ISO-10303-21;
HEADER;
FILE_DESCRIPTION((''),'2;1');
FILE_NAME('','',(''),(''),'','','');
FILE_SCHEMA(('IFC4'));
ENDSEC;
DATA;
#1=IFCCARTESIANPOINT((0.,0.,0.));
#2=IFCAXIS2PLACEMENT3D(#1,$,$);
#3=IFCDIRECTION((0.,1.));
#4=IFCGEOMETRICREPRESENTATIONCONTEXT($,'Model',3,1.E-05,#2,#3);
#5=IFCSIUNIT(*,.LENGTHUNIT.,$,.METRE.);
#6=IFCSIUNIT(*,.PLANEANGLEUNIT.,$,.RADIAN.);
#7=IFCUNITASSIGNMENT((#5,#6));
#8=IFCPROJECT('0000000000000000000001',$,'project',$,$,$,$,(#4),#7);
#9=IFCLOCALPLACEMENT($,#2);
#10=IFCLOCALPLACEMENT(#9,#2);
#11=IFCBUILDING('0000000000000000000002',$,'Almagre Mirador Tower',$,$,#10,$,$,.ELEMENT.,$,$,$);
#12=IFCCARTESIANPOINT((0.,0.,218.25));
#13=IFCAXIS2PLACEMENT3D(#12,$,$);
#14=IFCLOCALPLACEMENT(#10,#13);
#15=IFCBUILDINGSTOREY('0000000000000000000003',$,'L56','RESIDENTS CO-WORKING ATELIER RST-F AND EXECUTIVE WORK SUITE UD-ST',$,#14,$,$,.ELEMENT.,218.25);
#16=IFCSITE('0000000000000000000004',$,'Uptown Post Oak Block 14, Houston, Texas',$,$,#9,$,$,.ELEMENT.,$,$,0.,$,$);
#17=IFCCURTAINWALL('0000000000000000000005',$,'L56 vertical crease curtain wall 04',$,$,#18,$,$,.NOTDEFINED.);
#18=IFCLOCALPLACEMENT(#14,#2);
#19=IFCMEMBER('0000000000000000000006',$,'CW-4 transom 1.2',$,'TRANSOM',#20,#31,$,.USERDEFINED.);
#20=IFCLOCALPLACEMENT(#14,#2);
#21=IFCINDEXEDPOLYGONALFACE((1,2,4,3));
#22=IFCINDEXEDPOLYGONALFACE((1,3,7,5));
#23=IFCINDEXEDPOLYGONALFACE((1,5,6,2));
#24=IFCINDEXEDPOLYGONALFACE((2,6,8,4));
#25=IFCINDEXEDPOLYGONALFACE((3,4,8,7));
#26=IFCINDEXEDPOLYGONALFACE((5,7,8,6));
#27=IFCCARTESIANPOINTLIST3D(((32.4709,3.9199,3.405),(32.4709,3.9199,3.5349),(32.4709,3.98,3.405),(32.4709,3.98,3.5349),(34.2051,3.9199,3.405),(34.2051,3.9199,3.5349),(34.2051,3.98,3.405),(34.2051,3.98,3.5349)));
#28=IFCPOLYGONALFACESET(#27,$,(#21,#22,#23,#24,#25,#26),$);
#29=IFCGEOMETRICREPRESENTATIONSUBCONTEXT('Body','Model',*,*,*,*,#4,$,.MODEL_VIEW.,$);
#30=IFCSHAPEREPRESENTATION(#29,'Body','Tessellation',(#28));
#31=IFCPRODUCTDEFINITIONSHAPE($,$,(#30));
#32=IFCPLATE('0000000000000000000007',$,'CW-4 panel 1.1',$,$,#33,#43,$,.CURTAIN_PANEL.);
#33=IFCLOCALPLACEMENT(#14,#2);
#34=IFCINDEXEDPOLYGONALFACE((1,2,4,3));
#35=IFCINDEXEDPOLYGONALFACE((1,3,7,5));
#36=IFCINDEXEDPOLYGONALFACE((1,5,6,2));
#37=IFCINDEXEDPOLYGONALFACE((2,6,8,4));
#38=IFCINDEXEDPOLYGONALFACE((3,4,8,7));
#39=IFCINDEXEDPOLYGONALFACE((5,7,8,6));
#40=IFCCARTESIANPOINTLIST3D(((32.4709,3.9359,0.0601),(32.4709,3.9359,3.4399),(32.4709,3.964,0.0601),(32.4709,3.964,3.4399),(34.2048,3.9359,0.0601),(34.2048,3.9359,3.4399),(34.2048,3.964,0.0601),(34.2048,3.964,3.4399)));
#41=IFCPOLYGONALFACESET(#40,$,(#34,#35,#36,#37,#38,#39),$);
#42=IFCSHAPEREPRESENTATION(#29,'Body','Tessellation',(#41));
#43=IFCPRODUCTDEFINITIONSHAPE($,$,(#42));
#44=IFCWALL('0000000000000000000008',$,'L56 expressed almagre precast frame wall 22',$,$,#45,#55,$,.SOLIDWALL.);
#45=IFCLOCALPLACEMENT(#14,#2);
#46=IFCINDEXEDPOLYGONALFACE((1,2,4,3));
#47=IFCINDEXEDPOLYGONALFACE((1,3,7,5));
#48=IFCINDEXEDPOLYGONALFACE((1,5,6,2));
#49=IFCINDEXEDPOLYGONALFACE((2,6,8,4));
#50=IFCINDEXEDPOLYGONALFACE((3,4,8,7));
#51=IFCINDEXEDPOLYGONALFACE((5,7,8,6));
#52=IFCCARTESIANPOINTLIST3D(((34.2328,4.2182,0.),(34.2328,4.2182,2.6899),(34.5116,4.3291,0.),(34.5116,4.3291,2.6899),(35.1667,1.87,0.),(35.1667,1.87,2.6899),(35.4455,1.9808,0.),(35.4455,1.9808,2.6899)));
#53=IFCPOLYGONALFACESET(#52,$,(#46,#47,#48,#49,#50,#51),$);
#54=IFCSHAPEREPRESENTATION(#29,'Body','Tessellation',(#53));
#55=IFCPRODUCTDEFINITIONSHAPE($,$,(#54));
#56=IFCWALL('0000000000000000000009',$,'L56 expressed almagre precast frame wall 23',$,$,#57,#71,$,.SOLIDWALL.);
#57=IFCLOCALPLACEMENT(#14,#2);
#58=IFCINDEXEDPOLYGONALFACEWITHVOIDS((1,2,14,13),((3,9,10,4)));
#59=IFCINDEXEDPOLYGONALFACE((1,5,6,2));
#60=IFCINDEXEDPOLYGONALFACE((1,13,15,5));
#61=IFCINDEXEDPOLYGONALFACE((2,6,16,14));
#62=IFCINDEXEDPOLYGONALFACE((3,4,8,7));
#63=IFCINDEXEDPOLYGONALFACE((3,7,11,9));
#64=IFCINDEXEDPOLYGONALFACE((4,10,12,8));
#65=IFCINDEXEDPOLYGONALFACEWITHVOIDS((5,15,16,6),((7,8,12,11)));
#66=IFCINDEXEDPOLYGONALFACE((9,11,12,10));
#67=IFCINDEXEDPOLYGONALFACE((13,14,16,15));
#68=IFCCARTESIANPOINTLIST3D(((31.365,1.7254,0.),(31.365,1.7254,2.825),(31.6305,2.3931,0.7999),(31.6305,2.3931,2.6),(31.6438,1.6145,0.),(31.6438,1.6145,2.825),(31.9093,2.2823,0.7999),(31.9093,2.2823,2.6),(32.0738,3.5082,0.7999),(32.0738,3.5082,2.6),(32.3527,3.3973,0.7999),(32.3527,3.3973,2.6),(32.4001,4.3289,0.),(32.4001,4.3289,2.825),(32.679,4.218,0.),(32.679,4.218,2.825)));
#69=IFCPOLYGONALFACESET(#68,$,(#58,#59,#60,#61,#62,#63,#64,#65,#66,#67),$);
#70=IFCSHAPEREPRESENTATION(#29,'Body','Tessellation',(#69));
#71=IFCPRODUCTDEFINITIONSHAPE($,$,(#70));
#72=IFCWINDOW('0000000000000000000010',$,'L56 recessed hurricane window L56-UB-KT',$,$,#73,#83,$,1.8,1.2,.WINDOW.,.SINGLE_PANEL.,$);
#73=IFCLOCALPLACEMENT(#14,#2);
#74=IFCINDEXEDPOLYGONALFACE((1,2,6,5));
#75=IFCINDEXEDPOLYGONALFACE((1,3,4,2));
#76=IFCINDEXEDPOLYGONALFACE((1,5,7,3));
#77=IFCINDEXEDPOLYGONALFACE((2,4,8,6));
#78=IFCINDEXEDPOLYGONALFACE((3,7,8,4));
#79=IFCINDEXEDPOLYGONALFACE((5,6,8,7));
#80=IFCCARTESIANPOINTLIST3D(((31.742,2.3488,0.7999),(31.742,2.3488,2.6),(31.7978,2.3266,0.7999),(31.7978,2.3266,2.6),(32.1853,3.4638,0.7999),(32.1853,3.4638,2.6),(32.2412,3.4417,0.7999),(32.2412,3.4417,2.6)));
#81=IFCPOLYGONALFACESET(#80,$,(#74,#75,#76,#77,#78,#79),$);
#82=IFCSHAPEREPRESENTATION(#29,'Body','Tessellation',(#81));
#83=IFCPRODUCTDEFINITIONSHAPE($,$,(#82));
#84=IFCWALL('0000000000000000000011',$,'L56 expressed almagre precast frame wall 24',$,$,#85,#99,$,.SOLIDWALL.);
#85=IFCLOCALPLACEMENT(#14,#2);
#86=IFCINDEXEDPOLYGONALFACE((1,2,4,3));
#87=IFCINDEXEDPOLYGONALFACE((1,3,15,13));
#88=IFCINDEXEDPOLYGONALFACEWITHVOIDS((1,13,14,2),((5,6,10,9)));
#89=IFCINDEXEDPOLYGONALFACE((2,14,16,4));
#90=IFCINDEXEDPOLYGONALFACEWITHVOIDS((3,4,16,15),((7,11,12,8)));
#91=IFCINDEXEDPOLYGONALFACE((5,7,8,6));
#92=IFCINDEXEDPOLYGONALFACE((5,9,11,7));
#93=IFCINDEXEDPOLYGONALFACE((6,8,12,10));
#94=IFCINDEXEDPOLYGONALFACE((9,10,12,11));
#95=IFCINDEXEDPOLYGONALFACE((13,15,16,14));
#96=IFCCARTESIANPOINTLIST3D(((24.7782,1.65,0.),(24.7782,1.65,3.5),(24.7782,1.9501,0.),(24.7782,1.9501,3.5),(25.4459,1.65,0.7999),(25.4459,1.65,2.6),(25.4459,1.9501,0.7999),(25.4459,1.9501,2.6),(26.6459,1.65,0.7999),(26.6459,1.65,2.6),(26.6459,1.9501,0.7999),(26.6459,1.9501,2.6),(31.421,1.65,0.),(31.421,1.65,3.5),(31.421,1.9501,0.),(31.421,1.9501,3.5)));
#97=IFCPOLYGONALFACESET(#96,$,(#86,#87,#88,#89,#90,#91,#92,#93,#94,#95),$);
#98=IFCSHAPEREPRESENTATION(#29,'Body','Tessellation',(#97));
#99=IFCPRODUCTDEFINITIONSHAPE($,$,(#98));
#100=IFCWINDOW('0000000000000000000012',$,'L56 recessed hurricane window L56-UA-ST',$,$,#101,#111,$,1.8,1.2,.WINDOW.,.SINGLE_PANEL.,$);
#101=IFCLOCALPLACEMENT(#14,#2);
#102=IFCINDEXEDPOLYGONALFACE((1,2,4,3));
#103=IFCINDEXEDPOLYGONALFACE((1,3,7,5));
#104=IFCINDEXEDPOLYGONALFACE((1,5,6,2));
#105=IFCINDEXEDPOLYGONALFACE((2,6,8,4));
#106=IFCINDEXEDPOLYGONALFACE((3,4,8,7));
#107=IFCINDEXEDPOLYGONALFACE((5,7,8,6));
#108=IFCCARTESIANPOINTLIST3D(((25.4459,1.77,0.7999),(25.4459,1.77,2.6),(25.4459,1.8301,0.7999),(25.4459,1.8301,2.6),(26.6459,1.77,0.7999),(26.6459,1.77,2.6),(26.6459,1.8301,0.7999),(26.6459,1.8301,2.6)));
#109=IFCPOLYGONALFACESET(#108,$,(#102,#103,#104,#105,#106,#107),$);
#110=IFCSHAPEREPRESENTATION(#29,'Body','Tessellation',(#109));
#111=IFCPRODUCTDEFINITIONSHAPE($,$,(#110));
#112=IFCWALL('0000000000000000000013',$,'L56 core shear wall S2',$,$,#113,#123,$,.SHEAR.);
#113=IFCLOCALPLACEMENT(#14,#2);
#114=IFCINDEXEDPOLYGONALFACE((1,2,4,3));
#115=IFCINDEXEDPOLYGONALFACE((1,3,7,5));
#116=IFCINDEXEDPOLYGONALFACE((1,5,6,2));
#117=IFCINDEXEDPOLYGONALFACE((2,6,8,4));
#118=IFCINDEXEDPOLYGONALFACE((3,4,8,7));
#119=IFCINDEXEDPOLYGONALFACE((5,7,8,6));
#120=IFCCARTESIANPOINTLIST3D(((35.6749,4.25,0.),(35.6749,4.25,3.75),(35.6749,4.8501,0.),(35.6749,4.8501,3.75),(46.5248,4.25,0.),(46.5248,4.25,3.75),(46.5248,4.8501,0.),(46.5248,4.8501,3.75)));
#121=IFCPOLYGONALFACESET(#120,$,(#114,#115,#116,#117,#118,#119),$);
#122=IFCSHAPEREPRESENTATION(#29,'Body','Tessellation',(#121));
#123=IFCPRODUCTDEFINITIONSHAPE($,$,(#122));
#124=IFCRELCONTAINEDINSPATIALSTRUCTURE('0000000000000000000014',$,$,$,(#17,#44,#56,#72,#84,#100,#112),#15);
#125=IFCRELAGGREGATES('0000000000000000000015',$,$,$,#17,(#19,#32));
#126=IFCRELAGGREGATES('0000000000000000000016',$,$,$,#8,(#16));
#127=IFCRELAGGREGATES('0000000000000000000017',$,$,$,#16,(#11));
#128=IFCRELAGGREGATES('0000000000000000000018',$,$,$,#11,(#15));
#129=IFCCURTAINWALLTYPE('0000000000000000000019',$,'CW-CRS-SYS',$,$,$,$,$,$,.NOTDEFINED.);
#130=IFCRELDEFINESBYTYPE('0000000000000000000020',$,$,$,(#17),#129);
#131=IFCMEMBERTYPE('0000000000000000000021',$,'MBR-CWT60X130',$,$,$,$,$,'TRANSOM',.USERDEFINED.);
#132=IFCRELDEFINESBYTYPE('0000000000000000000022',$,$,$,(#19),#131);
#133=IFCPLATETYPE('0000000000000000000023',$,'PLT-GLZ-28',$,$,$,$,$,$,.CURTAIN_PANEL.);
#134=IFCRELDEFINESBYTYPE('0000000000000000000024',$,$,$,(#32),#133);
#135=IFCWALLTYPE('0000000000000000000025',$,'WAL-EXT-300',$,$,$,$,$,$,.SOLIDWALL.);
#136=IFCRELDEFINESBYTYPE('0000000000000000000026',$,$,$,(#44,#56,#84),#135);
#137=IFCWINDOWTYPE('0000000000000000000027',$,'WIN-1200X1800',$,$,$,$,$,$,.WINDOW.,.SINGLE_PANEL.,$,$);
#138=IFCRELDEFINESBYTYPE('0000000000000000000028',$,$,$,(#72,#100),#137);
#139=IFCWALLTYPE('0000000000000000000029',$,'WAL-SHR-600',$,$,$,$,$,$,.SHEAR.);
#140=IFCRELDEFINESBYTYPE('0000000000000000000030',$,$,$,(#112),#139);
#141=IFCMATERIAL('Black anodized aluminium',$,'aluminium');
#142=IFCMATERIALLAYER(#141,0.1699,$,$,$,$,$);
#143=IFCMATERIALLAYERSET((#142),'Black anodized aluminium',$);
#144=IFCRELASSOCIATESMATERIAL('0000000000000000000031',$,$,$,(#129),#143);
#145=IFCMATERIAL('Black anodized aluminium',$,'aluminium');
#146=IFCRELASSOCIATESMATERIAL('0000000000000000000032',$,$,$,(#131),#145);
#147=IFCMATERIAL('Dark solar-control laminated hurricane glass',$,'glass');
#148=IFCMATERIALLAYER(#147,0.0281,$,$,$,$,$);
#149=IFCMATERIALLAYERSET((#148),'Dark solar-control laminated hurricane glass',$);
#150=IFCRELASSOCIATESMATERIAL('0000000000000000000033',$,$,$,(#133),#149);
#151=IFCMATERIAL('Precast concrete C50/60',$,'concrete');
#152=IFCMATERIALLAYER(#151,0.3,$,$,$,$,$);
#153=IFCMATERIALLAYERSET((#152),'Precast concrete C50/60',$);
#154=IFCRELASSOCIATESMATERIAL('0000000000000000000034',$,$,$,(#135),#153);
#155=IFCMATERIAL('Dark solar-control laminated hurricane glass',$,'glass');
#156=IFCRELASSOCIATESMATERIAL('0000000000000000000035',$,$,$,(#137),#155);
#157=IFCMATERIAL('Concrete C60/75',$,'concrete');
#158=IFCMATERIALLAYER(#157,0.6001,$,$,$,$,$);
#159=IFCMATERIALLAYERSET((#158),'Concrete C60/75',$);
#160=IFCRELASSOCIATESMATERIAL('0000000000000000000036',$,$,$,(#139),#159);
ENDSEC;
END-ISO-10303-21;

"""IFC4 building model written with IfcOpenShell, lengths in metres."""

from ifc_helpers import new_model, si_unit, direction, frame, frame_2d, origin, origin_2d, place, context, subcontext, project, spatial, rectangle, extrude, material, layer, layer_set, material_profile, profile_set, type_object, element, fill, aggregate, save


model = new_model("IFC4")

# Units and contexts
model_context = context("Model", 3, precision=1e-05, world=origin(), true_north=direction((0.0, 1.0)))
body_context = subcontext(model_context, "Body", "Model", "MODEL_VIEW")
ifc_project = project(units=[si_unit("LENGTHUNIT", "METRE"), si_unit("PLANEANGLEUNIT", "RADIAN")], contexts=[model_context])

# Site, building, storey
site_placement = place(None, origin())
site = spatial("IfcSite", under=ifc_project, at=site_placement, Name="Uptown Post Oak Block 14, Houston, Texas", CompositionType="ELEMENT", RefElevation=0.0)
building_placement = place(site_placement, origin())
building = spatial("IfcBuilding", under=site, at=building_placement, Name="Almagre Mirador Tower", CompositionType="ELEMENT")
storey_placement = place(building_placement, frame((0.0, 0.0, 218.25)))
storey = spatial("IfcBuildingStorey", under=building, at=storey_placement, Name="L56", Description="RESIDENTS CO-WORKING ATELIER RST-F AND EXECUTIVE WORK SUITE UD-ST", CompositionType="ELEMENT", Elevation=218.25)

# Curtain wall, member, plate
ifc_material_1 = material(Name="Black anodized aluminium", Category="aluminium")
ifc_layer_1 = layer(ifc_material_1, 0.1699)
ifc_layer_set_1 = layer_set([ifc_layer_1], Name="Black anodized aluminium")
curtain_wall_type = type_object("IfcCurtainWallType", Name="CW-CRS-SYS", PredefinedType="NOTDEFINED", material=ifc_layer_set_1)
curtain_wall_placement = place(storey_placement, origin())
curtain_wall = element("IfcCurtainWall", 1, at=curtain_wall_placement, inside=storey, type_object=curtain_wall_type, Name="L56 vertical crease curtain wall 04", PredefinedType="NOTDEFINED")
ifc_material_2 = material(Name="Black anodized aluminium", Category="aluminium")
ifc_material_profile_1 = material_profile(ifc_material_2, rectangle(XDim=0.0601, YDim=0.1299, at=origin_2d()), Name="CWT60X130")
ifc_profile_set_1 = profile_set([ifc_material_profile_1], Name="Black anodized aluminium")
member_type_1 = type_object("IfcMemberType", Name="MBR-CWT60X130", ElementType="TRANSOM", PredefinedType="USERDEFINED", material=ifc_profile_set_1)
member_1_placement = place(storey_placement, frame((34.2051, 3.95, 3.47), z_axis=(-1.0, 0.0, 0.0), x_axis=(0.0, -1.0, 0.0)))
member_1 = element("IfcMember", 2, at=member_1_placement, type_object=member_type_1, Name="CW-4 transom 1.2", ObjectType="TRANSOM", PredefinedType="USERDEFINED", context=body_context, shape_type="SweptSolid", body=[
    extrude(rectangle(XDim=0.0601, YDim=0.1299, at=origin_2d()), origin(), (0.0, 0.0, 1.0), 1.7341),
])
ifc_material_3 = material(Name="Dark solar-control laminated hurricane glass", Category="glass")
ifc_layer_2 = layer(ifc_material_3, 0.0281)
ifc_layer_set_2 = layer_set([ifc_layer_2], Name="Dark solar-control laminated hurricane glass")
plate_type = type_object("IfcPlateType", Name="PLT-GLZ-28", PredefinedType="CURTAIN_PANEL", material=ifc_layer_set_2)
plate_placement = place(storey_placement, frame((33.3379, 3.95, 0.0601), z_axis=(0.0, 0.0, 1.0), x_axis=(-1.0, 0.0, 0.0)))
plate = element("IfcPlate", 3, at=plate_placement, type_object=plate_type, Name="CW-4 panel 1.1", PredefinedType="CURTAIN_PANEL", context=body_context, shape_type="SweptSolid", body=[
    extrude(rectangle(XDim=1.7339, YDim=0.0281, at=origin_2d()), origin(), (0.0, 0.0, 1.0), 3.3799),
])
aggregate(curtain_wall, [member_1, plate])

# Wall
ifc_material_4 = material(Name="Precast concrete C50/60", Category="concrete")
ifc_layer_3 = layer(ifc_material_4, 0.3)
ifc_layer_set_3 = layer_set([ifc_layer_3], Name="Precast concrete C50/60")
wall_type_1 = type_object("IfcWallType", Name="WAL-EXT-300", PredefinedType="SOLIDWALL", material=ifc_layer_set_3)
wall_1_placement = place(storey_placement, frame((35.3062, 1.9253, 0.0), z_axis=(0.0, 0.0, 1.0), x_axis=(-0.369541, 0.929214, 0.0)))
element("IfcWall", 4, at=wall_1_placement, inside=storey, type_object=wall_type_1, Name="L56 expressed almagre precast frame wall 22", PredefinedType="SOLIDWALL", context=body_context, shape_type="SweptSolid", body=[
    extrude(rectangle(XDim=2.5271, YDim=0.3, at=frame_2d((1.2637, 0.0))), origin(), (0.0, 0.0, 1.0), 2.6899),
])

# Walls, openings, windows
wall_2_placement = place(storey_placement, frame((32.5396, 4.2734, 0.0), z_axis=(0.0, 0.0, 1.0), x_axis=(-0.369467, -0.929244, 0.0)))
wall_2 = element("IfcWall", 5, at=wall_2_placement, inside=storey, type_object=wall_type_1, Name="L56 expressed almagre precast frame wall 23", PredefinedType="SOLIDWALL", context=body_context, shape_type="SweptSolid", body=[
    extrude(rectangle(XDim=2.8018, YDim=0.3, at=frame_2d((1.4009, 0.0))), origin(), (0.0, 0.0, 1.0), 2.825),
])
opening_1_placement = place(wall_2_placement, frame((0.8831, 0.0, 0.8)))
opening_1 = element("IfcOpeningElement", 6, at=opening_1_placement, cuts=wall_2, PredefinedType="OPENING", context=body_context, shape_type="SweptSolid", body=[
    extrude(rectangle(XDim=1.2, YDim=1.8, at=frame_2d((0.6001, 0.8999))), frame((0.0, 0.1599, 0.0), z_axis=(0.0, -1.0, 0.0), x_axis=(1.0, 0.0, 0.0)), (0.0, 0.0, 1.0), 0.32),
])
ifc_material_5 = material(Name="Dark solar-control laminated hurricane glass", Category="glass")
window_type = type_object("IfcWindowType", Name="WIN-1200X1800", PartitioningType="SINGLE_PANEL", PredefinedType="WINDOW", material=ifc_material_5)
window_1_placement = place(opening_1_placement, origin())
window_1 = element("IfcWindow", 7, at=window_1_placement, inside=storey, type_object=window_type, Name="L56 recessed hurricane window L56-UB-KT", OverallHeight=1.8, OverallWidth=1.2, PartitioningType="SINGLE_PANEL", PredefinedType="WINDOW", context=body_context, shape_type="SweptSolid", body=[
    extrude(rectangle(XDim=1.2, YDim=1.8, at=frame_2d((0.6001, 0.8999))), frame((0.0, 0.03, 0.0), z_axis=(0.0, -1.0, 0.0), x_axis=(1.0, 0.0, 0.0)), (0.0, 0.0, 1.0), 0.0601),
])
fill(opening_1, window_1)
wall_3_placement = place(storey_placement, frame((31.4209, 1.8, 0.0), z_axis=(0.0, 0.0, 1.0), x_axis=(-1.0, 0.0, 0.0)))
wall_3 = element("IfcWall", 8, at=wall_3_placement, inside=storey, type_object=wall_type_1, Name="L56 expressed almagre precast frame wall 24", PredefinedType="SOLIDWALL", context=body_context, shape_type="SweptSolid", body=[
    extrude(rectangle(XDim=6.6428, YDim=0.3, at=frame_2d((3.3213, 0.0))), origin(), (0.0, 0.0, 1.0), 3.5),
])
opening_2_placement = place(wall_3_placement, frame((4.7749, 0.0, 0.8)))
opening_2 = element("IfcOpeningElement", 9, at=opening_2_placement, cuts=wall_3, PredefinedType="OPENING", context=body_context, shape_type="SweptSolid", body=[
    extrude(rectangle(XDim=1.2, YDim=1.8, at=frame_2d((0.6001, 0.8999))), frame((0.0, 0.1599, 0.0), z_axis=(0.0, -1.0, 0.0), x_axis=(1.0, 0.0, 0.0)), (0.0, 0.0, 1.0), 0.32),
])
window_2_placement = place(opening_2_placement, origin())
window_2 = element("IfcWindow", 10, at=window_2_placement, inside=storey, type_object=window_type, Name="L56 recessed hurricane window L56-UA-ST", OverallHeight=1.8, OverallWidth=1.2, PartitioningType="SINGLE_PANEL", PredefinedType="WINDOW", context=body_context, shape_type="SweptSolid", body=[
    extrude(rectangle(XDim=1.2, YDim=1.8, at=frame_2d((0.6001, 0.8999))), frame((0.0, 0.03, 0.0), z_axis=(0.0, -1.0, 0.0), x_axis=(1.0, 0.0, 0.0)), (0.0, 0.0, 1.0), 0.0601),
])
fill(opening_2, window_2)

# Wall
ifc_material_6 = material(Name="Concrete C60/75", Category="concrete")
ifc_layer_4 = layer(ifc_material_6, 0.6001)
ifc_layer_set_4 = layer_set([ifc_layer_4], Name="Concrete C60/75")
wall_type_2 = type_object("IfcWallType", Name="WAL-SHR-600", PredefinedType="SHEAR", material=ifc_layer_set_4)
wall_4_placement = place(storey_placement, frame((35.675, 4.55, 0.0), z_axis=(0.0, 0.0, 1.0), x_axis=(1.0, 0.0, 0.0)))
element("IfcWall", 11, at=wall_4_placement, inside=storey, type_object=wall_type_2, Name="L56 core shear wall S2", PredefinedType="SHEAR", context=body_context, shape_type="SweptSolid", body=[
    extrude(rectangle(XDim=10.8499, YDim=0.6001, at=frame_2d((5.4248, 0.0))), origin(), (0.0, 0.0, 1.0), 3.75),
])

save(model, "model.ifc")
